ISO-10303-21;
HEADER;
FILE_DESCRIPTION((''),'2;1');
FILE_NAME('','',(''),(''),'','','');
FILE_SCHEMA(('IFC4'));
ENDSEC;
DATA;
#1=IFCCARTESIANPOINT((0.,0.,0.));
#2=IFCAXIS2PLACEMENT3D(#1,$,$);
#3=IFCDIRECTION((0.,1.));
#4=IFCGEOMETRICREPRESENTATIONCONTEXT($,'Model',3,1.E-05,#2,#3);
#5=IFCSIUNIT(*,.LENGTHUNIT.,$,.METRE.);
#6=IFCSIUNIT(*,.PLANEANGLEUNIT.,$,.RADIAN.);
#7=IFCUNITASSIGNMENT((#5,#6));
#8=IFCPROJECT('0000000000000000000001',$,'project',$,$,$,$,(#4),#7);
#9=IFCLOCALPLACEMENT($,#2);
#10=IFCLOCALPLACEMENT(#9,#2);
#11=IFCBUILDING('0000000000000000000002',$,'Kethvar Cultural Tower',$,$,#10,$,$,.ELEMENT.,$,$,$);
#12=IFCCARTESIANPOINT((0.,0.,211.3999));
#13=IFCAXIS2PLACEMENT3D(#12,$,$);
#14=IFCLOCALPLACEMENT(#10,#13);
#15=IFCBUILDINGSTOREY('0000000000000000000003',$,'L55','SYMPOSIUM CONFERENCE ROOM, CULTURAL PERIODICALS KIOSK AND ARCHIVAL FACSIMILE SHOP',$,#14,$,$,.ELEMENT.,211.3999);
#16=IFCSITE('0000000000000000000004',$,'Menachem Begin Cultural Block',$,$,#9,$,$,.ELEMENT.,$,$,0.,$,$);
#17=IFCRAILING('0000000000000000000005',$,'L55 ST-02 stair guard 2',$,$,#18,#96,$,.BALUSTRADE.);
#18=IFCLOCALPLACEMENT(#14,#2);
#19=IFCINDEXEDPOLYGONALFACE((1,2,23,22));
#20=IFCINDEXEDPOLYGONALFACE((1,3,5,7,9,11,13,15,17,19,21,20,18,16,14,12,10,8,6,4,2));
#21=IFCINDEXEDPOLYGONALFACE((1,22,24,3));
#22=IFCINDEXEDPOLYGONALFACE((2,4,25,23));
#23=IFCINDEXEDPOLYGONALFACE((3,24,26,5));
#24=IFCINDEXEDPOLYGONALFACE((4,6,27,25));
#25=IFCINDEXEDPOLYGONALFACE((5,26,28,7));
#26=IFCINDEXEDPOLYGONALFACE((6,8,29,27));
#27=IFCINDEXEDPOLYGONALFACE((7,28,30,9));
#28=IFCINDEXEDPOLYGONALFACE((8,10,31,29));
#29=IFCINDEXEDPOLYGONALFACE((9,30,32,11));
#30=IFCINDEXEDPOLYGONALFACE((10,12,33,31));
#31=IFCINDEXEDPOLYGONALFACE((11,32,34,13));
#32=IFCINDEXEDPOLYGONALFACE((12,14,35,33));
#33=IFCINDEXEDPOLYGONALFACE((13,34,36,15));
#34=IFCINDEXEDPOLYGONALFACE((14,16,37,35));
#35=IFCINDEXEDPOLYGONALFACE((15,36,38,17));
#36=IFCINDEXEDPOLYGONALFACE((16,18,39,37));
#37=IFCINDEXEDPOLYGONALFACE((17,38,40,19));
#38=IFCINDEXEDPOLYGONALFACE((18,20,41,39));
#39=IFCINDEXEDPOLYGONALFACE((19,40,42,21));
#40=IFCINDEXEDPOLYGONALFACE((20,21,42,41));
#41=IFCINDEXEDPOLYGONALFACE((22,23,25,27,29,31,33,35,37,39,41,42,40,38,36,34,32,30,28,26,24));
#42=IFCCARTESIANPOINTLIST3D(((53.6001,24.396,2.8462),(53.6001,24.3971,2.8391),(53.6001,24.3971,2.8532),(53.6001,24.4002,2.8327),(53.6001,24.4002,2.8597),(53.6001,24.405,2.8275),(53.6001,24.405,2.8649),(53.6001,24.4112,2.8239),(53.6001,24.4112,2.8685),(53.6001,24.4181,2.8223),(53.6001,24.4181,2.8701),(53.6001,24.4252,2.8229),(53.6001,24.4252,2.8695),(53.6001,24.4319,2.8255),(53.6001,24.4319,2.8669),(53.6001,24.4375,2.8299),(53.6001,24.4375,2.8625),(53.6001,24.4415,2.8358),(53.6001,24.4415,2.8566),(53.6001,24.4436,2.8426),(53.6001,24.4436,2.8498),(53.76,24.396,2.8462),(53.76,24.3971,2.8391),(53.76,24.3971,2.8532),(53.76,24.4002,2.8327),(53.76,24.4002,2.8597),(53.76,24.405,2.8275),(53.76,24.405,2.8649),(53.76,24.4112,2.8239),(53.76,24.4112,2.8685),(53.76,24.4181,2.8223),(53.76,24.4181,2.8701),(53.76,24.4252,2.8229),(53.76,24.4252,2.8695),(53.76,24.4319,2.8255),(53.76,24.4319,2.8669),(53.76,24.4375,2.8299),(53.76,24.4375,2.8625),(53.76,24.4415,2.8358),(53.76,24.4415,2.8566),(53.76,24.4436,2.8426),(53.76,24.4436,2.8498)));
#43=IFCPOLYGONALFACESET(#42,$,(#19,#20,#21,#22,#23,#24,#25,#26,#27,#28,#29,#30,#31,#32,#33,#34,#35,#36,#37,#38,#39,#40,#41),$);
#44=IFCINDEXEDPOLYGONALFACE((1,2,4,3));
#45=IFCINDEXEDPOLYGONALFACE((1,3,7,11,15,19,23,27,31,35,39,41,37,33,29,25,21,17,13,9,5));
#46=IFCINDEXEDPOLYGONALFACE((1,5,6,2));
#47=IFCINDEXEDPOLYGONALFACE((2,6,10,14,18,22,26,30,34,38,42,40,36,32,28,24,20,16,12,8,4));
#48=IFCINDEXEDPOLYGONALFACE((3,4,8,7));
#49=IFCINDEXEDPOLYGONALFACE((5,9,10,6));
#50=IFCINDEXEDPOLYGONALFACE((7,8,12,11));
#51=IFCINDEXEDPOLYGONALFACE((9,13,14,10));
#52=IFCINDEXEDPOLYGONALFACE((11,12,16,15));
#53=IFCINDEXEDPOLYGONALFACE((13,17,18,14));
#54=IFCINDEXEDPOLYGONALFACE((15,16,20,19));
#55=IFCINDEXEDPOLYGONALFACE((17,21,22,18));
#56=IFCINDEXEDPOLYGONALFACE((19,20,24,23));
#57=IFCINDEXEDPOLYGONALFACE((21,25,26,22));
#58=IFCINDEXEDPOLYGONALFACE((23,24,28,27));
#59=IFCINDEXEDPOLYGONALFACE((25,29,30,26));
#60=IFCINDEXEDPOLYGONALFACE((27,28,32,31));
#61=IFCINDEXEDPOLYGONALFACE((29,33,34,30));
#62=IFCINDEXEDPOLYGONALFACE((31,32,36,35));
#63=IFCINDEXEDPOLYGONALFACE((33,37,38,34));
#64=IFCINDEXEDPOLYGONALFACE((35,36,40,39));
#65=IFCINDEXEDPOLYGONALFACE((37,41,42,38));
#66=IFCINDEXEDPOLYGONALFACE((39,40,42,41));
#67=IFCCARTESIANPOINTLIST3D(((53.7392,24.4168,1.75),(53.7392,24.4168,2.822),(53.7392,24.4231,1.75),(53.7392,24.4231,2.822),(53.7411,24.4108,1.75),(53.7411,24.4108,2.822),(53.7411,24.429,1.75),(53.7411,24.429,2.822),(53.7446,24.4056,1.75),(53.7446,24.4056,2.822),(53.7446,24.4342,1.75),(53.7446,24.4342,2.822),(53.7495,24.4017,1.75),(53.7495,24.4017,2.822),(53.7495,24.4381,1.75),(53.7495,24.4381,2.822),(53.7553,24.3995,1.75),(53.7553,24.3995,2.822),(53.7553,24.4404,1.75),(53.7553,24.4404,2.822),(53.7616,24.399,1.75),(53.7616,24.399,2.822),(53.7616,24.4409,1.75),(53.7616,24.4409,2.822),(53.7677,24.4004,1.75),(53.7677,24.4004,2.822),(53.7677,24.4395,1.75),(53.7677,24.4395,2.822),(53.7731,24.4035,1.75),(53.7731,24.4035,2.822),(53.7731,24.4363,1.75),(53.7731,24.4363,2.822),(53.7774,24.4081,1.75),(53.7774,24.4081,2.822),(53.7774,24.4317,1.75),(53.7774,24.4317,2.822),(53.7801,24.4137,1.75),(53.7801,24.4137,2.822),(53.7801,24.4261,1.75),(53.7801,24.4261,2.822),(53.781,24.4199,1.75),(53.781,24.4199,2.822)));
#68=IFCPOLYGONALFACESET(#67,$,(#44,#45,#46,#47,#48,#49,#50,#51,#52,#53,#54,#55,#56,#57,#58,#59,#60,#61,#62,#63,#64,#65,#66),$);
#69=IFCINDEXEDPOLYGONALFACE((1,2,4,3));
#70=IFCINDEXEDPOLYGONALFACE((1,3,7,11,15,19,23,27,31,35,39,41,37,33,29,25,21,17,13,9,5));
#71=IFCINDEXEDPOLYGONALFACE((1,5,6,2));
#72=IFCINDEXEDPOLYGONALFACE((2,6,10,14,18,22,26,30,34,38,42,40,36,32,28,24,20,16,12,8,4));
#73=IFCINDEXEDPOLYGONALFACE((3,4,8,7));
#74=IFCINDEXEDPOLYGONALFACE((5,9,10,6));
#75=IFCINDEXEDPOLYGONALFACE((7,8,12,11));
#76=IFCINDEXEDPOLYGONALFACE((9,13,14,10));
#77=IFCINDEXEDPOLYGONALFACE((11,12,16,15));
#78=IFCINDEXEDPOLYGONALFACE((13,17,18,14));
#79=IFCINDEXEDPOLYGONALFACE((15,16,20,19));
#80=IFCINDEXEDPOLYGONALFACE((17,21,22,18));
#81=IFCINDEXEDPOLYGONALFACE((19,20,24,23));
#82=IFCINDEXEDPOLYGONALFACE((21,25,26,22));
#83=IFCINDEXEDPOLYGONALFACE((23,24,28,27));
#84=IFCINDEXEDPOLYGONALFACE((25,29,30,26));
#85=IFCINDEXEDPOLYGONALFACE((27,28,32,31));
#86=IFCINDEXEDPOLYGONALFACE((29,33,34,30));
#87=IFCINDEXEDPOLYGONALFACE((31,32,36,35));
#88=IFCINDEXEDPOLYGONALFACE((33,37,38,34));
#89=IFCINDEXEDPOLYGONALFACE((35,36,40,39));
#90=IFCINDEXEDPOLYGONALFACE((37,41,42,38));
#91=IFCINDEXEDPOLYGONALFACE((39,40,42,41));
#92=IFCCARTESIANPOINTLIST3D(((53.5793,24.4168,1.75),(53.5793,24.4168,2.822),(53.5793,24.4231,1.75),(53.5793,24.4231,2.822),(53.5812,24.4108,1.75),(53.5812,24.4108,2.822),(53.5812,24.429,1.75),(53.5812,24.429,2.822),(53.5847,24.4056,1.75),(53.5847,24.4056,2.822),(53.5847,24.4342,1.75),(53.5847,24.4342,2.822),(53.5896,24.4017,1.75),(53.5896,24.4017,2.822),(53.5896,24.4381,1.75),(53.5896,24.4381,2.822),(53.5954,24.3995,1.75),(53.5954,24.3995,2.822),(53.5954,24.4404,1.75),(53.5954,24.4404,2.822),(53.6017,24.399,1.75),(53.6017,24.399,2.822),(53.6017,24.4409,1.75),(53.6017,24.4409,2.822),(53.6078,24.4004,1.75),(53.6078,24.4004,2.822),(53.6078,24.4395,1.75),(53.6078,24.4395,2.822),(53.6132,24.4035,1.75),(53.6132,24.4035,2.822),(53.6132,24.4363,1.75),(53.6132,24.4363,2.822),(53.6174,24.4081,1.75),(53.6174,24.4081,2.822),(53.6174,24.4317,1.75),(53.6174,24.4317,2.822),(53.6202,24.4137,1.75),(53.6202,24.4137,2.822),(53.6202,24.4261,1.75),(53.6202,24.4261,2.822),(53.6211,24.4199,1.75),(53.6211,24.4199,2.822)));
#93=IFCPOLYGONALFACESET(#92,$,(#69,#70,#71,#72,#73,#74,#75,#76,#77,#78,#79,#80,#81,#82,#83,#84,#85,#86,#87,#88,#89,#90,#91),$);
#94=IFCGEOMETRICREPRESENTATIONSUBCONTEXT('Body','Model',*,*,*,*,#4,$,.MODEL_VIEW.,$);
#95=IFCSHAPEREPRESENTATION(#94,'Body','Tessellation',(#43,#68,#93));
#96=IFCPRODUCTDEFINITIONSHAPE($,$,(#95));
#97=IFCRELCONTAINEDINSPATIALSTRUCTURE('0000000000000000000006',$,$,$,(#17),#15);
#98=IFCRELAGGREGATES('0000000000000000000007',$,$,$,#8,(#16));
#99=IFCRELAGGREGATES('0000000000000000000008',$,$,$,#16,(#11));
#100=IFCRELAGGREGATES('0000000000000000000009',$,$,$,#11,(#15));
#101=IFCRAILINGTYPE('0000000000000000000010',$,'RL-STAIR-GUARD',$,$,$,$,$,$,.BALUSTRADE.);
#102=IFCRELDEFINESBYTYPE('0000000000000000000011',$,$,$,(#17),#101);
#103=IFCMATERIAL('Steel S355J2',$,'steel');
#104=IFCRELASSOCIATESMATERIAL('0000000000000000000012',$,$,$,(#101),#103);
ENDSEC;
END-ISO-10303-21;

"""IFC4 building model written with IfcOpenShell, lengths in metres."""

from ifc_helpers import new_model, si_unit, direction, frame, origin, origin_2d, place, context, subcontext, project, spatial, circle, extrude, material, type_object, element, save


model = new_model("IFC4")

# Units and contexts
model_context = context("Model", 3, precision=1e-05, world=origin(), true_north=direction((0.0, 1.0)))
body_context = subcontext(model_context, "Body", "Model", "MODEL_VIEW")
ifc_project = project(units=[si_unit("LENGTHUNIT", "METRE"), si_unit("PLANEANGLEUNIT", "RADIAN")], contexts=[model_context])

# Site, building, storey
site_placement = place(None, origin())
site = spatial("IfcSite", under=ifc_project, at=site_placement, Name="Menachem Begin Cultural Block", CompositionType="ELEMENT", RefElevation=0.0)
building_placement = place(site_placement, origin())
building = spatial("IfcBuilding", under=site, at=building_placement, Name="Kethvar Cultural Tower", CompositionType="ELEMENT")
storey_placement = place(building_placement, frame((0.0, 0.0, 211.3999)))
storey = spatial("IfcBuildingStorey", under=building, at=storey_placement, Name="L55", Description="SYMPOSIUM CONFERENCE ROOM, CULTURAL PERIODICALS KIOSK AND ARCHIVAL FACSIMILE SHOP", CompositionType="ELEMENT", Elevation=211.3999)

# Shared definitions
ifc_material_1 = material(Name="Steel S355J2", Category="steel")

# Railing
railing_type_1 = type_object("IfcRailingType", Name="RL-STAIR-GUARD", PredefinedType="BALUSTRADE", material=ifc_material_1)
railing_1_placement = place(storey_placement, frame((53.76, 24.4199, 1.75)))
element("IfcRailing", 1, at=railing_1_placement, inside=storey, type_object=railing_type_1, Name="L55 ST-02 stair guard 2", PredefinedType="BALUSTRADE", context=body_context, shape_type="SweptSolid", body=[
    extrude(circle(Radius=0.0239, at=origin_2d()), frame((0.0, 0.0, 1.0962), z_axis=(-1.0, 0.0, 0.0), x_axis=(0.0, -1.0, 0.0)), (0.0, 0.0, 1.0), 0.1599),
    extrude(circle(Radius=0.021, at=origin_2d()), origin(), (0.0, 0.0, 1.0), 1.072),
    extrude(circle(Radius=0.021, at=origin_2d()), frame((-0.1599, 0.0, 0.0)), (0.0, 0.0, 1.0), 1.072),
])

save(model, "model.ifc")
